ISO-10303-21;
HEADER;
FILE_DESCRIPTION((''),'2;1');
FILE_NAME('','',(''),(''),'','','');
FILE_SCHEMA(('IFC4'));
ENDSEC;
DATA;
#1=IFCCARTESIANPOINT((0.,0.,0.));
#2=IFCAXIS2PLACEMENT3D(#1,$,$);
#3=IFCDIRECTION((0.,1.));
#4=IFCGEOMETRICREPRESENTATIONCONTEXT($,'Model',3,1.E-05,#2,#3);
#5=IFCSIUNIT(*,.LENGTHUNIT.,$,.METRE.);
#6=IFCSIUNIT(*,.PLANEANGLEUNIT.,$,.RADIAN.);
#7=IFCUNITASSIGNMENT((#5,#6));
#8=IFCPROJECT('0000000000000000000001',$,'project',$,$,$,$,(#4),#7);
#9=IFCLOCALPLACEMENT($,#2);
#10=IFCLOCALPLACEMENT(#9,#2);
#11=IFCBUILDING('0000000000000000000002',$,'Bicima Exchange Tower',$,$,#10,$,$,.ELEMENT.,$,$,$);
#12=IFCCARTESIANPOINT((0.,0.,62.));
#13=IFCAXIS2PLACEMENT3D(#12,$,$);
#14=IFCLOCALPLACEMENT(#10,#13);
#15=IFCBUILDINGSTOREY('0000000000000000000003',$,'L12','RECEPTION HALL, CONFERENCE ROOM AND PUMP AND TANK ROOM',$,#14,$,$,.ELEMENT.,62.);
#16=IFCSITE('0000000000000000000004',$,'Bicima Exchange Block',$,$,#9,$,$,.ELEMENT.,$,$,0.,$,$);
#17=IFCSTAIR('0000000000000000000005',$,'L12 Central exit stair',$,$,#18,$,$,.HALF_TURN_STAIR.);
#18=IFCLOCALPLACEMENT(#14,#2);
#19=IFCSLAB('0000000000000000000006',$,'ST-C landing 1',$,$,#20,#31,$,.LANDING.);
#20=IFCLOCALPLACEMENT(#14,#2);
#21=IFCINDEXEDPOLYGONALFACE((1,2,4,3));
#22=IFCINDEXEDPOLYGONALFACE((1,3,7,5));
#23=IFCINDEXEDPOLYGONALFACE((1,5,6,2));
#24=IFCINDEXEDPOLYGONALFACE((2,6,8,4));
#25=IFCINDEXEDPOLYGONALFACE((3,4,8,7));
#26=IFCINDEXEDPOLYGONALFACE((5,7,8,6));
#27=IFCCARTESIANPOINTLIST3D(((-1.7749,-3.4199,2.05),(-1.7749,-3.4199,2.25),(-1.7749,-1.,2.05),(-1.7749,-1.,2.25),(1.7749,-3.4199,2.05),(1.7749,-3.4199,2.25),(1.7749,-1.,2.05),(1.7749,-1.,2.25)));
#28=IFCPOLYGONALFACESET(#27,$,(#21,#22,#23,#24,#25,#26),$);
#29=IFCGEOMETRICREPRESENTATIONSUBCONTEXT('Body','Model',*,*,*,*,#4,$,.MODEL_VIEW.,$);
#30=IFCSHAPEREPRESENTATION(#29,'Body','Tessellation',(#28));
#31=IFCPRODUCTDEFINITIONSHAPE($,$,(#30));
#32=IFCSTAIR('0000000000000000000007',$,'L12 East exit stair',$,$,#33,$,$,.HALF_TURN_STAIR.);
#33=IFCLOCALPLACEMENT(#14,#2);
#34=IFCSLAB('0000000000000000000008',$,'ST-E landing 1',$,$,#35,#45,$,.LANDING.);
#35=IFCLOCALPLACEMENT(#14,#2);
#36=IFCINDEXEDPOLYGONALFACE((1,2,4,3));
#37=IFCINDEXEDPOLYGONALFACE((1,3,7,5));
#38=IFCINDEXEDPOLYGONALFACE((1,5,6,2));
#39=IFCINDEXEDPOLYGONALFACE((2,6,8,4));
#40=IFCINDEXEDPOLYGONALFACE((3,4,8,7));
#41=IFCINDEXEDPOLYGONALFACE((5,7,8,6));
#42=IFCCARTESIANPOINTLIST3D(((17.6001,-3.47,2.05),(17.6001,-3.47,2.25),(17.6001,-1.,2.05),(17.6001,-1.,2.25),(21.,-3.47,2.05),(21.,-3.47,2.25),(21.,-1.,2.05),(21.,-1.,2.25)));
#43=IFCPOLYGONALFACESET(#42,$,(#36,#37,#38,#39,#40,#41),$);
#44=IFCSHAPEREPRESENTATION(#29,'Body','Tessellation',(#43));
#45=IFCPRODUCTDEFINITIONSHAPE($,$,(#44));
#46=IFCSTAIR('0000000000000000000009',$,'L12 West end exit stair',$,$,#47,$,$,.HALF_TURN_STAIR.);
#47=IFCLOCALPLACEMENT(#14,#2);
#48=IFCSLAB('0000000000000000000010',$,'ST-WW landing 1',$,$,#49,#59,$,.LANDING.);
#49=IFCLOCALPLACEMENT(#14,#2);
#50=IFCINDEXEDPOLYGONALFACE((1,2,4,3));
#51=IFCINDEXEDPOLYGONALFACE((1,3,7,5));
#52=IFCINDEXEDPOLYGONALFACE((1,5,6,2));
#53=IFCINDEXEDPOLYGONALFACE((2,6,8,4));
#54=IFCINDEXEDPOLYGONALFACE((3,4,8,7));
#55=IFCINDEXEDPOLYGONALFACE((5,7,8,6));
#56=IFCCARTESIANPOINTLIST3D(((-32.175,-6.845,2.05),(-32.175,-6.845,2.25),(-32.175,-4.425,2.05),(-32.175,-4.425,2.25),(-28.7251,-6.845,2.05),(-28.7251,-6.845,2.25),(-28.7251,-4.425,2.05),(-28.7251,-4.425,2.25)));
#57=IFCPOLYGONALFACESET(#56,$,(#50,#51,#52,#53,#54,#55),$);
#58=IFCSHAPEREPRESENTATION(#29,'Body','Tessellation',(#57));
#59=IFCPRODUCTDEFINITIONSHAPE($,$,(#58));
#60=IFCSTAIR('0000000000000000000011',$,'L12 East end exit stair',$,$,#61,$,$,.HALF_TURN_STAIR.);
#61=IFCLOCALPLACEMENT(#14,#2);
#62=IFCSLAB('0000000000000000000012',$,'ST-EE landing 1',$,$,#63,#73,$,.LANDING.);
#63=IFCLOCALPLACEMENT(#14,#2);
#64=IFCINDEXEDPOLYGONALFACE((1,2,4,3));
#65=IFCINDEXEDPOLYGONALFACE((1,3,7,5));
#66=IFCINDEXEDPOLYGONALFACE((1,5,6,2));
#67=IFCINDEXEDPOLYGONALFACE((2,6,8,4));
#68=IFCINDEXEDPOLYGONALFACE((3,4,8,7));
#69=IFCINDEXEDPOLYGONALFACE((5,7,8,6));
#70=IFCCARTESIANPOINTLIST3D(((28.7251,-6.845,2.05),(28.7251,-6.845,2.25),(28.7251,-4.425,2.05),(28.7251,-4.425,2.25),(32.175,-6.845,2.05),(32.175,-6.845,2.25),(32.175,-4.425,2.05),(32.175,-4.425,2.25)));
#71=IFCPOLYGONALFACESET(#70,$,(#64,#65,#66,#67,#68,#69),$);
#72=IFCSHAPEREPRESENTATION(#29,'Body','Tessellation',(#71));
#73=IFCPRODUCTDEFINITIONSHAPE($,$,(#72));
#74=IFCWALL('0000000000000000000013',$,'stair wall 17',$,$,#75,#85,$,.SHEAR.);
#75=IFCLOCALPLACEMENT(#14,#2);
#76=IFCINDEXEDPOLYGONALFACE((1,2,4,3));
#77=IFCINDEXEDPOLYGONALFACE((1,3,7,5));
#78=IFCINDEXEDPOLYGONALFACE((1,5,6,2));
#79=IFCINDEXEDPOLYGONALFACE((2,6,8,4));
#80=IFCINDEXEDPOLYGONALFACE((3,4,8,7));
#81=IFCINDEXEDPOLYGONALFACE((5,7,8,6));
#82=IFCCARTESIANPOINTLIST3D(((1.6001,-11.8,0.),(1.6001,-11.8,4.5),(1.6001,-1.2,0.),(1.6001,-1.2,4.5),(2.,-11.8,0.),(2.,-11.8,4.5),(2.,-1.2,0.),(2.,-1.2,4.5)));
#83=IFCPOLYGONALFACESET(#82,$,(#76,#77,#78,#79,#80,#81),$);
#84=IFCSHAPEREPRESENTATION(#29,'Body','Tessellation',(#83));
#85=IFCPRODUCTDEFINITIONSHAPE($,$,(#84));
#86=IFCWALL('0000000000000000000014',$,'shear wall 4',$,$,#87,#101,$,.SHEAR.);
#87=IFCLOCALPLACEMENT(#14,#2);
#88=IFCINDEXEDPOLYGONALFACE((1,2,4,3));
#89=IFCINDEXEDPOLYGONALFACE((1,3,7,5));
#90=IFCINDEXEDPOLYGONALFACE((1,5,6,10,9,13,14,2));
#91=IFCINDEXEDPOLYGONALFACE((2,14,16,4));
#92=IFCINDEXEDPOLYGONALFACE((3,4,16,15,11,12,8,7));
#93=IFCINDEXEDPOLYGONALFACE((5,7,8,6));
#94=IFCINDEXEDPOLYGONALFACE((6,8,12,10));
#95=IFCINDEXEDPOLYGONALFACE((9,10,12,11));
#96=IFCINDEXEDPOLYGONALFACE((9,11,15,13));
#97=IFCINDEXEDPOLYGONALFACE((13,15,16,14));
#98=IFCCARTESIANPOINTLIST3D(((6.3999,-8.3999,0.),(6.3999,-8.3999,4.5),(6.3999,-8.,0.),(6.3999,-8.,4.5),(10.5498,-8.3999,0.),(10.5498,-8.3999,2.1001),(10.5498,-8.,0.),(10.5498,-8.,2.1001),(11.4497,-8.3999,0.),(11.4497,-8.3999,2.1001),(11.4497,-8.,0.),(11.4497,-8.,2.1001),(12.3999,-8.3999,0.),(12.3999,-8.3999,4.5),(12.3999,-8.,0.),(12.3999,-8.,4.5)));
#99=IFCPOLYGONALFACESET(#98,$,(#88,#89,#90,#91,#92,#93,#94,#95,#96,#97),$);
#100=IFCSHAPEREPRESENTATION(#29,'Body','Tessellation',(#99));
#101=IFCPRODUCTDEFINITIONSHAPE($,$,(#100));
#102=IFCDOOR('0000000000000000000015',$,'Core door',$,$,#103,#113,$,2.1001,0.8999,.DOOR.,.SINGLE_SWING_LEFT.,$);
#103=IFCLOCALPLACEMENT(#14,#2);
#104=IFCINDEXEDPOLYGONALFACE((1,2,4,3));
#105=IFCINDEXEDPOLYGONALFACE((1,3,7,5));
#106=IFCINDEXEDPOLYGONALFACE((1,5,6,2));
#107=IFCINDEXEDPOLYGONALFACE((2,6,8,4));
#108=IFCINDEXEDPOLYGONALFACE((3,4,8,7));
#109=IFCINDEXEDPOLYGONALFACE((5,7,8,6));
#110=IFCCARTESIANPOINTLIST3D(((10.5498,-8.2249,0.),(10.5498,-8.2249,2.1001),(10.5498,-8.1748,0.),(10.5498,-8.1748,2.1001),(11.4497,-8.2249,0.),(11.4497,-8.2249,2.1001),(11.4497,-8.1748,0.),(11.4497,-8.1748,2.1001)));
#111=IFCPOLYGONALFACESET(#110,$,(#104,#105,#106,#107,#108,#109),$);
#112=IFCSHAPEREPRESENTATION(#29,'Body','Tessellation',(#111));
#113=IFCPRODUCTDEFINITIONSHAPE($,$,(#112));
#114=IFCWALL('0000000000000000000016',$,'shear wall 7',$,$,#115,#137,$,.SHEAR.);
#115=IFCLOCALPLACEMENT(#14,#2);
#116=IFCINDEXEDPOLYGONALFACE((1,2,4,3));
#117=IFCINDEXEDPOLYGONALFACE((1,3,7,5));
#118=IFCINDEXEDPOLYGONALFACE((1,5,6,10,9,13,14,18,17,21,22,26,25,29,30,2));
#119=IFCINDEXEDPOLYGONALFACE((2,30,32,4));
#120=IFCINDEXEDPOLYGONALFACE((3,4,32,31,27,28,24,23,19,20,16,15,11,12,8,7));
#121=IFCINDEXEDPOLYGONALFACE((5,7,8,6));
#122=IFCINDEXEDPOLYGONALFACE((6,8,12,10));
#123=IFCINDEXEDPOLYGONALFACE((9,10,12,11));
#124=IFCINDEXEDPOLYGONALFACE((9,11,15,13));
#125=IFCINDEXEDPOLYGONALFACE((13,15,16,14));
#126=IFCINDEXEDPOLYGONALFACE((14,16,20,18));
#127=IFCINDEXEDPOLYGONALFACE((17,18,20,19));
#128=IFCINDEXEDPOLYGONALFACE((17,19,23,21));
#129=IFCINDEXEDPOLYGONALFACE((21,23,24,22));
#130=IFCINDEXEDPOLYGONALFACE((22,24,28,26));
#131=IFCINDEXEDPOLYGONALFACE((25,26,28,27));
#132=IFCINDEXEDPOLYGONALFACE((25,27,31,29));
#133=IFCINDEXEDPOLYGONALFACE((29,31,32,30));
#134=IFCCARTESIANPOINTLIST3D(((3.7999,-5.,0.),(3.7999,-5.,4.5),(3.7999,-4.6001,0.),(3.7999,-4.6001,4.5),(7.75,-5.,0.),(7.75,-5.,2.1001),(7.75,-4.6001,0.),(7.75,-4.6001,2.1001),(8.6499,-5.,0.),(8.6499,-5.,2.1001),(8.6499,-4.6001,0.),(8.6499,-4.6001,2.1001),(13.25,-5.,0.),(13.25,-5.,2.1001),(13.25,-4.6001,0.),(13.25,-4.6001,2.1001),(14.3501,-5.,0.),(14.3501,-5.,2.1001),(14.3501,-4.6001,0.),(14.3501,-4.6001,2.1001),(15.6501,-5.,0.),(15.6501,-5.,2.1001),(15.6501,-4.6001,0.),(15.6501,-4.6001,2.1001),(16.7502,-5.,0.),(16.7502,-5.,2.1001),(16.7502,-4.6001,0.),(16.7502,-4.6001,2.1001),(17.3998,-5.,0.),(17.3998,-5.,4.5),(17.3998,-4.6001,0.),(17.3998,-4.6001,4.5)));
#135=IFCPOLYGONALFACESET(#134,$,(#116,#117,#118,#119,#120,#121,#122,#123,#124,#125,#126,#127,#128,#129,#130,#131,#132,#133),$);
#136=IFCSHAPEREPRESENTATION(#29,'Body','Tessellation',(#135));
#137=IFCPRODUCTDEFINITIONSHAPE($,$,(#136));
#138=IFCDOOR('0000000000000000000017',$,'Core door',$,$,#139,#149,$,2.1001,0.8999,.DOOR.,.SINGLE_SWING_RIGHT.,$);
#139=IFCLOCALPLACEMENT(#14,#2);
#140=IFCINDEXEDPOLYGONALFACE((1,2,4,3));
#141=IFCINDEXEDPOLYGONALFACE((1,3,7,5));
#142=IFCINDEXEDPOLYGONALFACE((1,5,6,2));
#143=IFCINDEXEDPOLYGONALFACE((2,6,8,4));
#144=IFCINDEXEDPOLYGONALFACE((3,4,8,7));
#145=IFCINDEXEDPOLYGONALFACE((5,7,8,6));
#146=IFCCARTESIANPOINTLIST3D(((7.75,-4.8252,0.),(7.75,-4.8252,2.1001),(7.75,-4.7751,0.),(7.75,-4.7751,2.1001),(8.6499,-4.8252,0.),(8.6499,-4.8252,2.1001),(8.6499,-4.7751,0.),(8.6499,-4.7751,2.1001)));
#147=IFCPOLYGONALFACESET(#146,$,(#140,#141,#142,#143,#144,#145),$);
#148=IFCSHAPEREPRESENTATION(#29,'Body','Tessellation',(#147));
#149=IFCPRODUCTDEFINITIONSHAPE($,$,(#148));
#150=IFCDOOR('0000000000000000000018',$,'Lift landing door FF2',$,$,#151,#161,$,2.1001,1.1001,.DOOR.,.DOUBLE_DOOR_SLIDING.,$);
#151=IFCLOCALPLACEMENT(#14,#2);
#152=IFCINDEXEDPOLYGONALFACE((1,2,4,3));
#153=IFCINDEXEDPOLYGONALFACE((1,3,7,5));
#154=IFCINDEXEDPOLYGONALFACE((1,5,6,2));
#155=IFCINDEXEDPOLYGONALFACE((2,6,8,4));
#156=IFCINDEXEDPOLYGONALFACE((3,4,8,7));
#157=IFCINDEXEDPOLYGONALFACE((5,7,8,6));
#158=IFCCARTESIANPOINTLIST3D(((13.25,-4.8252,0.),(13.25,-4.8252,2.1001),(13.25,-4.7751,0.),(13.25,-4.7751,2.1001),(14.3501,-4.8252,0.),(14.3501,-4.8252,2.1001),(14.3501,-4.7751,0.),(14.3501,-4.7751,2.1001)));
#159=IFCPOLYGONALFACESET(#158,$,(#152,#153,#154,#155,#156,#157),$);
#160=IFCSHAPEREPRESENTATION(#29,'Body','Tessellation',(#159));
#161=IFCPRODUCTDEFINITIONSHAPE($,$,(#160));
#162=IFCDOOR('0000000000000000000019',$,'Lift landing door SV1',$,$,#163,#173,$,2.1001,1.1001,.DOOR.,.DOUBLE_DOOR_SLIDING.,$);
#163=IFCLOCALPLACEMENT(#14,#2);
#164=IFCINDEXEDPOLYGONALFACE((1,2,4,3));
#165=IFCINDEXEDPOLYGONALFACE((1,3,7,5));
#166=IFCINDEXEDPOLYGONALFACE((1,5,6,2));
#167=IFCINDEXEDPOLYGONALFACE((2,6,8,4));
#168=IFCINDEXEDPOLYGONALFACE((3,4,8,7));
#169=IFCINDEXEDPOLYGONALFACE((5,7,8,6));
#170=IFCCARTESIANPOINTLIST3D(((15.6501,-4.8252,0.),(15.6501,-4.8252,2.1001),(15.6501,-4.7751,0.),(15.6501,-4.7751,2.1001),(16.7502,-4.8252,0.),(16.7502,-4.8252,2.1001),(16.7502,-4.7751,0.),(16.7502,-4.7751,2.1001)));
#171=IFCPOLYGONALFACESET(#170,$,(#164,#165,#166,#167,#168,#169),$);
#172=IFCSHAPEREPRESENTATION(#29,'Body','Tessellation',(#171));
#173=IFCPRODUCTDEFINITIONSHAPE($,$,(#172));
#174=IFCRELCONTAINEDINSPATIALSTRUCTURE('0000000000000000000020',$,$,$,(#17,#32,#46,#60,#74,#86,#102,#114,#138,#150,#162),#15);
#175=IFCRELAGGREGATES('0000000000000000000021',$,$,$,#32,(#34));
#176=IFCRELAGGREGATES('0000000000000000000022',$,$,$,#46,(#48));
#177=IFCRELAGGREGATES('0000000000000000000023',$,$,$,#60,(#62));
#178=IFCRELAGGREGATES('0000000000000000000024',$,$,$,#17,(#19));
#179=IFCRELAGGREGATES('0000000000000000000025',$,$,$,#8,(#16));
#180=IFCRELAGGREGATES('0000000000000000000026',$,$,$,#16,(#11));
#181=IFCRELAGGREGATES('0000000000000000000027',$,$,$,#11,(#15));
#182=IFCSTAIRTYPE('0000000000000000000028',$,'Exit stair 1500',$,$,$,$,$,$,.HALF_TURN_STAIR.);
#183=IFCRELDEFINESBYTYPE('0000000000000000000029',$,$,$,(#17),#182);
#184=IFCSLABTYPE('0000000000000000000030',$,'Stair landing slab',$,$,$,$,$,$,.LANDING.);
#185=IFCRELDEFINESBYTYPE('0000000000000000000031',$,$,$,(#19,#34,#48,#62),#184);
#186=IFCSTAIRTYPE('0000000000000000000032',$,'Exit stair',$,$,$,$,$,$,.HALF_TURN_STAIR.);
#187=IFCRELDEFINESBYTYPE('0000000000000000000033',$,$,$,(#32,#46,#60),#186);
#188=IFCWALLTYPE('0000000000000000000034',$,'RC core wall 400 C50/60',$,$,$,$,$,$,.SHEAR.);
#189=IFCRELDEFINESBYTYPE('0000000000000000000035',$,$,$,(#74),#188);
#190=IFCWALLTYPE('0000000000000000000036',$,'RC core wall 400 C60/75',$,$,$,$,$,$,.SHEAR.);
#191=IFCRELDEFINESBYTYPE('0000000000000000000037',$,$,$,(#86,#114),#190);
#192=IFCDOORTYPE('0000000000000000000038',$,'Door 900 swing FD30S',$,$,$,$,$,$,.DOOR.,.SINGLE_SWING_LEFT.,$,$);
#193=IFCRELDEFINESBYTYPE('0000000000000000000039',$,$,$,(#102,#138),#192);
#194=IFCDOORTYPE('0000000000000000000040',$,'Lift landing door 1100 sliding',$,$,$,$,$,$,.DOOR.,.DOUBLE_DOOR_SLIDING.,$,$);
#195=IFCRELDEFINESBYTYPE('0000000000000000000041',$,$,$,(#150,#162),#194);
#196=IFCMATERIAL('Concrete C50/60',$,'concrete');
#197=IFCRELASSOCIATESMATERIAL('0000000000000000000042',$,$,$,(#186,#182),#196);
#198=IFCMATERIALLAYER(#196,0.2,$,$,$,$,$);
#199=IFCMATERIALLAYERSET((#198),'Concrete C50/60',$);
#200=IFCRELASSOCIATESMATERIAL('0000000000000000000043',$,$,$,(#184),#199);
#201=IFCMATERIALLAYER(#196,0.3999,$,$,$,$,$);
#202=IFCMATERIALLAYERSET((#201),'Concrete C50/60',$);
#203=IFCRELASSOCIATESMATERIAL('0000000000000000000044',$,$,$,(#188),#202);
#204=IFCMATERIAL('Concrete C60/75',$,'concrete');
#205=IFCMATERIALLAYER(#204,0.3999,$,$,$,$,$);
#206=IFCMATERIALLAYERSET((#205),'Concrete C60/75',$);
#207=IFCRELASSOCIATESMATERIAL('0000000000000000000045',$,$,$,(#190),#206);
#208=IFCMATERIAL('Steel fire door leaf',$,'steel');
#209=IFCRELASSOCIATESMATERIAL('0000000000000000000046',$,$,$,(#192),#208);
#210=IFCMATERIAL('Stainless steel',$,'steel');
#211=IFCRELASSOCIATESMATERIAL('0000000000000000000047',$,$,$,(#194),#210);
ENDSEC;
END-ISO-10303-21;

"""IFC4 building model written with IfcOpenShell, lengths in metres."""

from ifc_helpers import new_model, si_unit, direction, frame, frame_2d, origin, place, context, subcontext, project, spatial, polyline, rectangle, outline, extrude, material, layer, layer_set, type_object, element, fill, aggregate, save


model = new_model("IFC4")

# Units and contexts
model_context = context("Model", 3, precision=1e-05, world=origin(), true_north=direction((0.0, 1.0)))
body_context = subcontext(model_context, "Body", "Model", "MODEL_VIEW")
ifc_project = project(units=[si_unit("LENGTHUNIT", "METRE"), si_unit("PLANEANGLEUNIT", "RADIAN")], contexts=[model_context])

# Site, building, storey
site_placement = place(None, origin())
site = spatial("IfcSite", under=ifc_project, at=site_placement, Name="Bicima Exchange Block", CompositionType="ELEMENT", RefElevation=0.0)
building_placement = place(site_placement, origin())
building = spatial("IfcBuilding", under=site, at=building_placement, Name="Bicima Exchange Tower", CompositionType="ELEMENT")
storey_placement = place(building_placement, frame((0.0, 0.0, 62.0)))
storey = spatial("IfcBuildingStorey", under=building, at=storey_placement, Name="L12", Description="RECEPTION HALL, CONFERENCE ROOM AND PUMP AND TANK ROOM", CompositionType="ELEMENT", Elevation=62.0)

# Stairs, slabs
ifc_material_1 = material(Name="Concrete C50/60", Category="concrete")
stair_type_1 = type_object("IfcStairType", Name="Exit stair", PredefinedType="HALF_TURN_STAIR", material=ifc_material_1)
ifc_layer_1 = layer(ifc_material_1, 0.2)
ifc_layer_set_1 = layer_set([ifc_layer_1], Name="Concrete C50/60")
slab_type_1 = type_object("IfcSlabType", Name="Stair landing slab", PredefinedType="LANDING", material=ifc_layer_set_1)
stair_type_2 = type_object("IfcStairType", Name="Exit stair 1500", PredefinedType="HALF_TURN_STAIR", material=ifc_material_1)
stair_1_placement = place(storey_placement, origin())
stair_1 = element("IfcStair", 1, at=stair_1_placement, inside=storey, type_object=stair_type_2, Name="L12 Central exit stair", PredefinedType="HALF_TURN_STAIR")
slab_1_placement = place(storey_placement, frame((0.0, 0.0, 2.05)))
slab_1 = element("IfcSlab", 2, at=slab_1_placement, type_object=slab_type_1, Name="ST-C landing 1", PredefinedType="LANDING", context=body_context, shape_type="SweptSolid", body=[
    extrude(outline(polyline([(1.7749, -3.4199), (1.7749, -1.0), (-1.7749, -1.0), (-1.7749, -3.4199), (1.7749, -3.4199)])), origin(), (0.0, 0.0, 1.0), 0.2),
])
stair_2_placement = place(storey_placement, origin())
stair_2 = element("IfcStair", 3, at=stair_2_placement, inside=storey, type_object=stair_type_1, Name="L12 East exit stair", PredefinedType="HALF_TURN_STAIR")
slab_2_placement = place(storey_placement, frame((0.0, 0.0, 2.05)))
slab_2 = element("IfcSlab", 4, at=slab_2_placement, type_object=slab_type_1, Name="ST-E landing 1", PredefinedType="LANDING", context=body_context, shape_type="SweptSolid", body=[
    extrude(outline(polyline([(21.0, -3.47), (21.0, -1.0), (17.6001, -1.0), (17.6001, -3.47), (21.0, -3.47)])), origin(), (0.0, 0.0, 1.0), 0.2),
])
aggregate(stair_2, [slab_2])
stair_3_placement = place(storey_placement, origin())
stair_3 = element("IfcStair", 5, at=stair_3_placement, inside=storey, type_object=stair_type_1, Name="L12 West end exit stair", PredefinedType="HALF_TURN_STAIR")
slab_3_placement = place(storey_placement, frame((0.0, 0.0, 2.05)))
slab_3 = element("IfcSlab", 6, at=slab_3_placement, type_object=slab_type_1, Name="ST-WW landing 1", PredefinedType="LANDING", context=body_context, shape_type="SweptSolid", body=[
    extrude(outline(polyline([(-28.7251, -6.845), (-28.7251, -4.425), (-32.175, -4.425), (-32.175, -6.845), (-28.7251, -6.845)])), origin(), (0.0, 0.0, 1.0), 0.2),
])
aggregate(stair_3, [slab_3])
stair_4_placement = place(storey_placement, origin())
stair_4 = element("IfcStair", 7, at=stair_4_placement, inside=storey, type_object=stair_type_1, Name="L12 East end exit stair", PredefinedType="HALF_TURN_STAIR")
slab_4_placement = place(storey_placement, frame((0.0, 0.0, 2.05)))
slab_4 = element("IfcSlab", 8, at=slab_4_placement, type_object=slab_type_1, Name="ST-EE landing 1", PredefinedType="LANDING", context=body_context, shape_type="SweptSolid", body=[
    extrude(outline(polyline([(32.175, -6.845), (32.175, -4.425), (28.7251, -4.425), (28.7251, -6.845), (32.175, -6.845)])), origin(), (0.0, 0.0, 1.0), 0.2),
])
aggregate(stair_4, [slab_4])

# Wall
ifc_layer_2 = layer(ifc_material_1, 0.3999)
ifc_layer_set_2 = layer_set([ifc_layer_2], Name="Concrete C50/60")
wall_type_1 = type_object("IfcWallType", Name="RC core wall 400 C50/60", PredefinedType="SHEAR", material=ifc_layer_set_2)
wall_1_placement = place(storey_placement, frame((1.8, -11.8, 0.0), z_axis=(0.0, 0.0, 1.0), x_axis=(0.0, 1.0, 0.0)))
element("IfcWall", 9, at=wall_1_placement, inside=storey, type_object=wall_type_1, Name="stair wall 17", PredefinedType="SHEAR", context=body_context, shape_type="SweptSolid", body=[
    extrude(rectangle(XDim=10.6001, YDim=0.3999, at=frame_2d((5.3, 0.0))), origin(), (0.0, 0.0, 1.0), 4.5),
])

# Wall, opening, door
ifc_material_2 = material(Name="Concrete C60/75", Category="concrete")
ifc_layer_3 = layer(ifc_material_2, 0.3999)
ifc_layer_set_3 = layer_set([ifc_layer_3], Name="Concrete C60/75")
wall_type_2 = type_object("IfcWallType", Name="RC core wall 400 C60/75", PredefinedType="SHEAR", material=ifc_layer_set_3)
wall_2_placement = place(storey_placement, frame((6.3999, -8.2, 0.0), z_axis=(0.0, 0.0, 1.0), x_axis=(1.0, 0.0, 0.0)))
wall_2 = element("IfcWall", 10, at=wall_2_placement, inside=storey, type_object=wall_type_2, Name="shear wall 4", PredefinedType="SHEAR", context=body_context, shape_type="SweptSolid", body=[
    extrude(rectangle(XDim=6.0, YDim=0.3999, at=frame_2d((3.0, 0.0))), origin(), (0.0, 0.0, 1.0), 4.5),
])
opening_1_placement = place(wall_2_placement, frame((4.1499, 0.0, 0.0)))
opening_1 = element("IfcOpeningElement", 11, at=opening_1_placement, cuts=wall_2, PredefinedType="OPENING", context=body_context, shape_type="SweptSolid", body=[
    extrude(rectangle(XDim=0.8999, YDim=2.1001, at=frame_2d((0.45, 1.05))), frame((0.0, 0.2119, 0.0), z_axis=(0.0, -1.0, 0.0), x_axis=(1.0, 0.0, 0.0)), (0.0, 0.0, 1.0), 0.4238),
])
ifc_material_3 = material(Name="Steel fire door leaf", Category="steel")
door_type_1 = type_object("IfcDoorType", Name="Door 900 swing FD30S", OperationType="SINGLE_SWING_LEFT", PredefinedType="DOOR", material=ifc_material_3)
door_1_placement = place(opening_1_placement, frame((0.8999, 0.0, 0.0), z_axis=(0.0, 0.0, 1.0), x_axis=(-1.0, 0.0, 0.0)))
door_1 = element("IfcDoor", 12, at=door_1_placement, inside=storey, type_object=door_type_1, Name="Core door", OperationType="SINGLE_SWING_LEFT", OverallHeight=2.1001, OverallWidth=0.8999, PredefinedType="DOOR", context=body_context, shape_type="SweptSolid", body=[
    extrude(rectangle(XDim=0.8999, YDim=2.1001, at=frame_2d((0.45, 1.05))), frame((0.0, 0.0249, 0.0), z_axis=(0.0, -1.0, 0.0), x_axis=(1.0, 0.0, 0.0)), (0.0, 0.0, 1.0), 0.05),
])
fill(opening_1, door_1)

# Wall, openings, doors
wall_3_placement = place(storey_placement, frame((3.8, -4.8, 0.0), z_axis=(0.0, 0.0, 1.0), x_axis=(1.0, 0.0, 0.0)))
wall_3 = element("IfcWall", 13, at=wall_3_placement, inside=storey, type_object=wall_type_2, Name="shear wall 7", PredefinedType="SHEAR", context=body_context, shape_type="SweptSolid", body=[
    extrude(rectangle(XDim=13.5999, YDim=0.3999, at=frame_2d((6.7998, 0.0))), origin(), (0.0, 0.0, 1.0), 4.5),
])
opening_2_placement = place(wall_3_placement, frame((9.45, 0.0, 0.0)))
opening_2 = element("IfcOpeningElement", 14, at=opening_2_placement, cuts=wall_3, PredefinedType="OPENING", context=body_context, shape_type="SweptSolid", body=[
    extrude(rectangle(XDim=1.1001, YDim=2.1001, at=frame_2d((0.55, 1.05))), frame((0.0, 0.2119, 0.0), z_axis=(0.0, -1.0, 0.0), x_axis=(1.0, 0.0, 0.0)), (0.0, 0.0, 1.0), 0.4238),
])
opening_3_placement = place(wall_3_placement, frame((11.8501, 0.0, 0.0)))
opening_3 = element("IfcOpeningElement", 15, at=opening_3_placement, cuts=wall_3, PredefinedType="OPENING", context=body_context, shape_type="SweptSolid", body=[
    extrude(rectangle(XDim=1.1001, YDim=2.1001, at=frame_2d((0.55, 1.05))), frame((0.0, 0.2119, 0.0), z_axis=(0.0, -1.0, 0.0), x_axis=(1.0, 0.0, 0.0)), (0.0, 0.0, 1.0), 0.4238),
])
opening_4_placement = place(wall_3_placement, frame((3.95, 0.0, 0.0)))
opening_4 = element("IfcOpeningElement", 16, at=opening_4_placement, cuts=wall_3, PredefinedType="OPENING", context=body_context, shape_type="SweptSolid", body=[
    extrude(rectangle(XDim=0.8999, YDim=2.1001, at=frame_2d((0.45, 1.05))), frame((0.0, 0.2119, 0.0), z_axis=(0.0, -1.0, 0.0), x_axis=(1.0, 0.0, 0.0)), (0.0, 0.0, 1.0), 0.4238),
])
door_2_placement = place(opening_4_placement, origin())
door_2 = element("IfcDoor", 17, at=door_2_placement, inside=storey, type_object=door_type_1, Name="Core door", OperationType="SINGLE_SWING_RIGHT", OverallHeight=2.1001, OverallWidth=0.8999, PredefinedType="DOOR", context=body_context, shape_type="SweptSolid", body=[
    extrude(rectangle(XDim=0.8999, YDim=2.1001, at=frame_2d((0.45, 1.05))), frame((0.0, 0.0249, 0.0), z_axis=(0.0, -1.0, 0.0), x_axis=(1.0, 0.0, 0.0)), (0.0, 0.0, 1.0), 0.05),
])
fill(opening_4, door_2)
ifc_material_4 = material(Name="Stainless steel", Category="steel")
door_type_2 = type_object("IfcDoorType", Name="Lift landing door 1100 sliding", OperationType="DOUBLE_DOOR_SLIDING", PredefinedType="DOOR", material=ifc_material_4)
door_3_placement = place(opening_2_placement, origin())
door_3 = element("IfcDoor", 18, at=door_3_placement, inside=storey, type_object=door_type_2, Name="Lift landing door FF2", OperationType="DOUBLE_DOOR_SLIDING", OverallHeight=2.1001, OverallWidth=1.1001, PredefinedType="DOOR", context=body_context, shape_type="SweptSolid", body=[
    extrude(rectangle(XDim=1.1001, YDim=2.1001, at=frame_2d((0.55, 1.05))), frame((0.0, 0.0249, 0.0), z_axis=(0.0, -1.0, 0.0), x_axis=(1.0, 0.0, 0.0)), (0.0, 0.0, 1.0), 0.05),
])
fill(opening_2, door_3)
door_4_placement = place(opening_3_placement, origin())
door_4 = element("IfcDoor", 19, at=door_4_placement, inside=storey, type_object=door_type_2, Name="Lift landing door SV1", OperationType="DOUBLE_DOOR_SLIDING", OverallHeight=2.1001, OverallWidth=1.1001, PredefinedType="DOOR", context=body_context, shape_type="SweptSolid", body=[
    extrude(rectangle(XDim=1.1001, YDim=2.1001, at=frame_2d((0.55, 1.05))), frame((0.0, 0.0249, 0.0), z_axis=(0.0, -1.0, 0.0), x_axis=(1.0, 0.0, 0.0)), (0.0, 0.0, 1.0), 0.05),
])
fill(opening_3, door_4)

aggregate(stair_1, [slab_1])

save(model, "model.ifc")
